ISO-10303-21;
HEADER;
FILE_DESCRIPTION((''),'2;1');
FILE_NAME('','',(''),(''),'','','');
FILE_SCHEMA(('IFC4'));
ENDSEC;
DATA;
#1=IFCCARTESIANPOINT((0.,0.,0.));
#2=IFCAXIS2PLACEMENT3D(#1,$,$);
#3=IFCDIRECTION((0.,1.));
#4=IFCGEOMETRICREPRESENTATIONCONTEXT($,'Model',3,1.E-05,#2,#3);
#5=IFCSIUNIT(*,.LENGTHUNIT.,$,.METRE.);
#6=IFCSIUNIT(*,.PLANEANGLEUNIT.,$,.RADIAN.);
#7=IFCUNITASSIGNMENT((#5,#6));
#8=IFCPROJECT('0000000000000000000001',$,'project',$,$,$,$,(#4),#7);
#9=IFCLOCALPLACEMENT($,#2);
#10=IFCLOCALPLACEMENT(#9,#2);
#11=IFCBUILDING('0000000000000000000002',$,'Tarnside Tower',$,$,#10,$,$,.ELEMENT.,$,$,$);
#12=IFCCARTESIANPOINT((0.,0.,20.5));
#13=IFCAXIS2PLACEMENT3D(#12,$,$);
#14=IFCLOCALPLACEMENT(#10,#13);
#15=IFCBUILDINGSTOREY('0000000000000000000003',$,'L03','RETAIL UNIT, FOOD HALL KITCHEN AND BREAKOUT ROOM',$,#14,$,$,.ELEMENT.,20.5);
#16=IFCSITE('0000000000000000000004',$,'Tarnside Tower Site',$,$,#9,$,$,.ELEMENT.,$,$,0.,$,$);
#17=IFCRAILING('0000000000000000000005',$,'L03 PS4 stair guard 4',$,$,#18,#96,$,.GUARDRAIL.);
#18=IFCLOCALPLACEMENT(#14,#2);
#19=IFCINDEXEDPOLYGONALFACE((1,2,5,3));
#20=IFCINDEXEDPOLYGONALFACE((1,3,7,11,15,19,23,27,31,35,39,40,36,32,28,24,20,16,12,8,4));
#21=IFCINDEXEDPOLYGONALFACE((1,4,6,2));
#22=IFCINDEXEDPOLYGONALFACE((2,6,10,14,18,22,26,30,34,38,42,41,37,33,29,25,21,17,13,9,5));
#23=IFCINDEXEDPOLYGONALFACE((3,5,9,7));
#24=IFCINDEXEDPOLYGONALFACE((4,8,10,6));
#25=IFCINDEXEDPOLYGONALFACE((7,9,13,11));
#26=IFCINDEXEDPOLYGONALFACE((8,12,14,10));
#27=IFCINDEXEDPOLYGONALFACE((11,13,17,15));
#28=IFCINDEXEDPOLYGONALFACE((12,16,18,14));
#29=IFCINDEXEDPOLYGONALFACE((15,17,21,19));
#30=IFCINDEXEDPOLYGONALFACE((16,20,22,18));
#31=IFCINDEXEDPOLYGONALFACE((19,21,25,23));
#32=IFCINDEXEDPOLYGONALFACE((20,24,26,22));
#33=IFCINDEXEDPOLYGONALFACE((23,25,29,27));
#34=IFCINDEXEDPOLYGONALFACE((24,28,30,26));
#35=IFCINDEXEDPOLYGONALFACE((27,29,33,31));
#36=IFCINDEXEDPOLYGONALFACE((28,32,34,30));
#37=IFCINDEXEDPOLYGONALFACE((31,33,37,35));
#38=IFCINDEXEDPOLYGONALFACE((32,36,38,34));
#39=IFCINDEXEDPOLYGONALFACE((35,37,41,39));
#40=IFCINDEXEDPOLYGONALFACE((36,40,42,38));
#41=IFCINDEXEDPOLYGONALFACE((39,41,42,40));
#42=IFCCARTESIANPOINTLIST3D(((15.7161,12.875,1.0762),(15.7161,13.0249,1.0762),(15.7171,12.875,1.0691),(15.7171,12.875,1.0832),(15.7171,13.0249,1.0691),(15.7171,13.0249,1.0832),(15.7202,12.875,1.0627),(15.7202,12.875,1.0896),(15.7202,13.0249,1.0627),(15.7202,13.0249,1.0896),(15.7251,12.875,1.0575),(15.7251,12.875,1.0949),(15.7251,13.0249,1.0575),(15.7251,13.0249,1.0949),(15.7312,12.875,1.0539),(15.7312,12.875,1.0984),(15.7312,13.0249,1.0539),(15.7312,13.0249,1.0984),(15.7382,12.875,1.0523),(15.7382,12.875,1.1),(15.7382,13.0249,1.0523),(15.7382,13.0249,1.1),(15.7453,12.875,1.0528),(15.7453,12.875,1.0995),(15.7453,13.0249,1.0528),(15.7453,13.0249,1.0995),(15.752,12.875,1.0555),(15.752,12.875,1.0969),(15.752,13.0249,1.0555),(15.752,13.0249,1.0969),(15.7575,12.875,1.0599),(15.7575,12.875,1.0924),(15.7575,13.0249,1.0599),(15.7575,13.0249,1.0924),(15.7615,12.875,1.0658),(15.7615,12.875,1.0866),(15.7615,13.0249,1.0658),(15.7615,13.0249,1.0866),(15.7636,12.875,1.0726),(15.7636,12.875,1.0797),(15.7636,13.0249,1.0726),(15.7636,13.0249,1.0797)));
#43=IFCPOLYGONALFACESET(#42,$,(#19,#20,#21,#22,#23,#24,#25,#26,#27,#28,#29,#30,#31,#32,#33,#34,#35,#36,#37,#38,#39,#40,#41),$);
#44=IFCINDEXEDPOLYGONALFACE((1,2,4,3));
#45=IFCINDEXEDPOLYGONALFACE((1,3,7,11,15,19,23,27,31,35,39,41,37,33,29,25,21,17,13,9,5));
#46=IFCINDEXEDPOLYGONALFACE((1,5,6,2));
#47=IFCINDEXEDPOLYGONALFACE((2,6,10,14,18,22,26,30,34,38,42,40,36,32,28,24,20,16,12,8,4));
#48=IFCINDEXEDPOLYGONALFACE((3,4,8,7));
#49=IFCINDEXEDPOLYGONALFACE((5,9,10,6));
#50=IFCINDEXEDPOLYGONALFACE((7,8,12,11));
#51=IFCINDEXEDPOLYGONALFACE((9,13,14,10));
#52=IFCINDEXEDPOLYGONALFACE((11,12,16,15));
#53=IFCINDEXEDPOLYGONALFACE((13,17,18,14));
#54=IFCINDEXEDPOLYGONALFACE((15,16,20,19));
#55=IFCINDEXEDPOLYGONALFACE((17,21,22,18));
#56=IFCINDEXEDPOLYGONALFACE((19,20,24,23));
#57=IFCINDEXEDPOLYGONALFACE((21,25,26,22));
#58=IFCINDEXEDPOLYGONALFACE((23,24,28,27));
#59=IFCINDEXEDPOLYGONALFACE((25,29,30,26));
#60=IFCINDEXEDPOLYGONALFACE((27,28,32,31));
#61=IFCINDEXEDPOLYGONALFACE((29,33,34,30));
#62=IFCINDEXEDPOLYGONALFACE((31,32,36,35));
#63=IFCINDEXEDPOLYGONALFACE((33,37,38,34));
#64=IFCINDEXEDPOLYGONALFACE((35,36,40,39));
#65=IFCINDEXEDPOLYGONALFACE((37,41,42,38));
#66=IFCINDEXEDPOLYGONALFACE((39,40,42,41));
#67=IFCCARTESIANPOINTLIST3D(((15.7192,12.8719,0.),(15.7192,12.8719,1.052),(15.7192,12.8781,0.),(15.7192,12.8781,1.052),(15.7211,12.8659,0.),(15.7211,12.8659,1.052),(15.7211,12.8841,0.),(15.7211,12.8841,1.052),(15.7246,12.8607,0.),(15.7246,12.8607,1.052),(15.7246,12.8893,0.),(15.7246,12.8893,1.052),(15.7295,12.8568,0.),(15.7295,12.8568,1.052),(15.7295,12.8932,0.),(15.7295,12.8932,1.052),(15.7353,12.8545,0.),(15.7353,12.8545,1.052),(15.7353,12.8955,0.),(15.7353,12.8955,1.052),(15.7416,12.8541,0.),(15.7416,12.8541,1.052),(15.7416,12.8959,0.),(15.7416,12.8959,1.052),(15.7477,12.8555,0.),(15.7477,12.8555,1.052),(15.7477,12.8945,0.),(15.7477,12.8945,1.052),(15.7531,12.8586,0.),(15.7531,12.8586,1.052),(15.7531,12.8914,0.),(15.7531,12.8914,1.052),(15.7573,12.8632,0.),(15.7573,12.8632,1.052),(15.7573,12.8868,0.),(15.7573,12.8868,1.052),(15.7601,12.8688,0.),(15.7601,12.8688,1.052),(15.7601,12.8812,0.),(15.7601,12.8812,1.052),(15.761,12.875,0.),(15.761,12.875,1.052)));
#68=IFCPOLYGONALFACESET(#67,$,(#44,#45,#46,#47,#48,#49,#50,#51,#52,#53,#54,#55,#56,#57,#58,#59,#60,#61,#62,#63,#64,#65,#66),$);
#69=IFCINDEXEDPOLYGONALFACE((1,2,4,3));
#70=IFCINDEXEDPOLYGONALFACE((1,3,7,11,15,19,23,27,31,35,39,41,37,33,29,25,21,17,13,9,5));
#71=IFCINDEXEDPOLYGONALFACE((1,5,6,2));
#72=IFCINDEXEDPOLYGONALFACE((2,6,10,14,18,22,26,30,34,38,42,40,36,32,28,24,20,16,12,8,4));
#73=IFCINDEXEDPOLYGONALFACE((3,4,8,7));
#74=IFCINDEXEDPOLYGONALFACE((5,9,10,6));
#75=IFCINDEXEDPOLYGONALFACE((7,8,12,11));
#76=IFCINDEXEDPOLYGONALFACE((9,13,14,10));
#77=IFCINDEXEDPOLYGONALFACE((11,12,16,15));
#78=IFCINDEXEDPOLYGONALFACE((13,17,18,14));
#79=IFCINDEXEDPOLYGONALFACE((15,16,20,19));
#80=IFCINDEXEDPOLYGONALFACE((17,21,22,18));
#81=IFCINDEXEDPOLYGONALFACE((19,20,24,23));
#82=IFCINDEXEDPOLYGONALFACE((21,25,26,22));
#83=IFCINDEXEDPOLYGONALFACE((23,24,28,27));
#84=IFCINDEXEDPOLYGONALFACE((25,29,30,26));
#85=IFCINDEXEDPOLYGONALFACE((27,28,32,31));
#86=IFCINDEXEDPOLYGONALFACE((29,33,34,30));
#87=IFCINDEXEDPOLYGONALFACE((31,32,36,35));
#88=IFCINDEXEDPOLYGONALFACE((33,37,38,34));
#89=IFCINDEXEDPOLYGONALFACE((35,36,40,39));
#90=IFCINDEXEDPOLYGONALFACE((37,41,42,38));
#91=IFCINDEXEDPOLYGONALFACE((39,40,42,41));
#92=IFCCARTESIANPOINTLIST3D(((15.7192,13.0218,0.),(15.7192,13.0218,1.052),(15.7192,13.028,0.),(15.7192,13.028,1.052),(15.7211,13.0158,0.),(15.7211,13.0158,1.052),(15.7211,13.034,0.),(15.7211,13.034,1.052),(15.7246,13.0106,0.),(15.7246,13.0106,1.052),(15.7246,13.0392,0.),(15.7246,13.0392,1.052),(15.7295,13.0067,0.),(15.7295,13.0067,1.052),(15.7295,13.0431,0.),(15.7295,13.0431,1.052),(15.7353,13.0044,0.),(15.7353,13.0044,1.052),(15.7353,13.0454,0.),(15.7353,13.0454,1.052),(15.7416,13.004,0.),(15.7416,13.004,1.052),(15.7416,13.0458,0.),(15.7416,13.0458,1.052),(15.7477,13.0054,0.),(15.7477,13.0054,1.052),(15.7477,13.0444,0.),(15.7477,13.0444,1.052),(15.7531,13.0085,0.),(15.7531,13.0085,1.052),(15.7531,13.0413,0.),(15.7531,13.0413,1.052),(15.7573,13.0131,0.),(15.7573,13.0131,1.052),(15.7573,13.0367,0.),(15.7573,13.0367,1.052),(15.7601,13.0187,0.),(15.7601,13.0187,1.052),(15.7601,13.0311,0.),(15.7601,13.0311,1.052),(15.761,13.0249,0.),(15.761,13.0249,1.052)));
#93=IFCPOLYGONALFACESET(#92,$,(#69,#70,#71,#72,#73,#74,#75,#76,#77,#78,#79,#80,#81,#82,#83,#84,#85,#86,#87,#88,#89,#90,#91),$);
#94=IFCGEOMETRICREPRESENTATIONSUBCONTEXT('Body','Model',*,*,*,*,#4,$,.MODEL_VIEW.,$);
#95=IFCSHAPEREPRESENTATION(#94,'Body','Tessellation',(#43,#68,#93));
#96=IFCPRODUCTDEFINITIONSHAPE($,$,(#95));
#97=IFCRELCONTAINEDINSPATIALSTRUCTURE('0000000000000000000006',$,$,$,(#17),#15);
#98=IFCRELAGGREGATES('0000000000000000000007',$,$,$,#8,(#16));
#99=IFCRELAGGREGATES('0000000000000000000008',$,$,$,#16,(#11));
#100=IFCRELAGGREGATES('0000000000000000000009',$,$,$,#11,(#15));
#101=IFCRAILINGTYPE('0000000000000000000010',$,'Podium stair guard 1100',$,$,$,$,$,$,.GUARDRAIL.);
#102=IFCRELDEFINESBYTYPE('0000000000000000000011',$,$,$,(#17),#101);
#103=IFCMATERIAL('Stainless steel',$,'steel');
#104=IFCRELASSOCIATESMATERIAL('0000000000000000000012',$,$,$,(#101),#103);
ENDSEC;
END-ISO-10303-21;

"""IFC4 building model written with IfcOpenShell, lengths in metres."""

from ifc_helpers import new_model, si_unit, direction, frame, origin, origin_2d, place, context, subcontext, project, spatial, circle, extrude, material, type_object, element, save


model = new_model("IFC4")

# Units and contexts
model_context = context("Model", 3, precision=1e-05, world=origin(), true_north=direction((0.0, 1.0)))
body_context = subcontext(model_context, "Body", "Model", "MODEL_VIEW")
ifc_project = project(units=[si_unit("LENGTHUNIT", "METRE"), si_unit("PLANEANGLEUNIT", "RADIAN")], contexts=[model_context])

# Site, building, storey
site_placement = place(None, origin())
site = spatial("IfcSite", under=ifc_project, at=site_placement, Name="Tarnside Tower Site", CompositionType="ELEMENT", RefElevation=0.0)
building_placement = place(site_placement, origin())
building = spatial("IfcBuilding", under=site, at=building_placement, Name="Tarnside Tower", CompositionType="ELEMENT")
storey_placement = place(building_placement, frame((0.0, 0.0, 20.5)))
storey = spatial("IfcBuildingStorey", under=building, at=storey_placement, Name="L03", Description="RETAIL UNIT, FOOD HALL KITCHEN AND BREAKOUT ROOM", CompositionType="ELEMENT", Elevation=20.5)

# Railing
ifc_material_1 = material(Name="Stainless steel", Category="steel")
railing_type_1 = type_object("IfcRailingType", Name="Podium stair guard 1100", PredefinedType="GUARDRAIL", material=ifc_material_1)
railing_1_placement = place(storey_placement, frame((15.74, 12.875, 0.0)))
element("IfcRailing", 1, at=railing_1_placement, inside=storey, type_object=railing_type_1, Name="L03 PS4 stair guard 4", PredefinedType="GUARDRAIL", context=body_context, shape_type="SweptSolid", body=[
    extrude(circle(Radius=0.0239, at=origin_2d()), frame((0.0, 0.0, 1.0762), z_axis=(0.0, 1.0, 0.0), x_axis=(-1.0, 0.0, 0.0)), (0.0, 0.0, 1.0), 0.1499),
    extrude(circle(Radius=0.021, at=origin_2d()), origin(), (0.0, 0.0, 1.0), 1.052),
    extrude(circle(Radius=0.021, at=origin_2d()), frame((0.0, 0.1499, 0.0)), (0.0, 0.0, 1.0), 1.052),
])

save(model, "model.ifc")
